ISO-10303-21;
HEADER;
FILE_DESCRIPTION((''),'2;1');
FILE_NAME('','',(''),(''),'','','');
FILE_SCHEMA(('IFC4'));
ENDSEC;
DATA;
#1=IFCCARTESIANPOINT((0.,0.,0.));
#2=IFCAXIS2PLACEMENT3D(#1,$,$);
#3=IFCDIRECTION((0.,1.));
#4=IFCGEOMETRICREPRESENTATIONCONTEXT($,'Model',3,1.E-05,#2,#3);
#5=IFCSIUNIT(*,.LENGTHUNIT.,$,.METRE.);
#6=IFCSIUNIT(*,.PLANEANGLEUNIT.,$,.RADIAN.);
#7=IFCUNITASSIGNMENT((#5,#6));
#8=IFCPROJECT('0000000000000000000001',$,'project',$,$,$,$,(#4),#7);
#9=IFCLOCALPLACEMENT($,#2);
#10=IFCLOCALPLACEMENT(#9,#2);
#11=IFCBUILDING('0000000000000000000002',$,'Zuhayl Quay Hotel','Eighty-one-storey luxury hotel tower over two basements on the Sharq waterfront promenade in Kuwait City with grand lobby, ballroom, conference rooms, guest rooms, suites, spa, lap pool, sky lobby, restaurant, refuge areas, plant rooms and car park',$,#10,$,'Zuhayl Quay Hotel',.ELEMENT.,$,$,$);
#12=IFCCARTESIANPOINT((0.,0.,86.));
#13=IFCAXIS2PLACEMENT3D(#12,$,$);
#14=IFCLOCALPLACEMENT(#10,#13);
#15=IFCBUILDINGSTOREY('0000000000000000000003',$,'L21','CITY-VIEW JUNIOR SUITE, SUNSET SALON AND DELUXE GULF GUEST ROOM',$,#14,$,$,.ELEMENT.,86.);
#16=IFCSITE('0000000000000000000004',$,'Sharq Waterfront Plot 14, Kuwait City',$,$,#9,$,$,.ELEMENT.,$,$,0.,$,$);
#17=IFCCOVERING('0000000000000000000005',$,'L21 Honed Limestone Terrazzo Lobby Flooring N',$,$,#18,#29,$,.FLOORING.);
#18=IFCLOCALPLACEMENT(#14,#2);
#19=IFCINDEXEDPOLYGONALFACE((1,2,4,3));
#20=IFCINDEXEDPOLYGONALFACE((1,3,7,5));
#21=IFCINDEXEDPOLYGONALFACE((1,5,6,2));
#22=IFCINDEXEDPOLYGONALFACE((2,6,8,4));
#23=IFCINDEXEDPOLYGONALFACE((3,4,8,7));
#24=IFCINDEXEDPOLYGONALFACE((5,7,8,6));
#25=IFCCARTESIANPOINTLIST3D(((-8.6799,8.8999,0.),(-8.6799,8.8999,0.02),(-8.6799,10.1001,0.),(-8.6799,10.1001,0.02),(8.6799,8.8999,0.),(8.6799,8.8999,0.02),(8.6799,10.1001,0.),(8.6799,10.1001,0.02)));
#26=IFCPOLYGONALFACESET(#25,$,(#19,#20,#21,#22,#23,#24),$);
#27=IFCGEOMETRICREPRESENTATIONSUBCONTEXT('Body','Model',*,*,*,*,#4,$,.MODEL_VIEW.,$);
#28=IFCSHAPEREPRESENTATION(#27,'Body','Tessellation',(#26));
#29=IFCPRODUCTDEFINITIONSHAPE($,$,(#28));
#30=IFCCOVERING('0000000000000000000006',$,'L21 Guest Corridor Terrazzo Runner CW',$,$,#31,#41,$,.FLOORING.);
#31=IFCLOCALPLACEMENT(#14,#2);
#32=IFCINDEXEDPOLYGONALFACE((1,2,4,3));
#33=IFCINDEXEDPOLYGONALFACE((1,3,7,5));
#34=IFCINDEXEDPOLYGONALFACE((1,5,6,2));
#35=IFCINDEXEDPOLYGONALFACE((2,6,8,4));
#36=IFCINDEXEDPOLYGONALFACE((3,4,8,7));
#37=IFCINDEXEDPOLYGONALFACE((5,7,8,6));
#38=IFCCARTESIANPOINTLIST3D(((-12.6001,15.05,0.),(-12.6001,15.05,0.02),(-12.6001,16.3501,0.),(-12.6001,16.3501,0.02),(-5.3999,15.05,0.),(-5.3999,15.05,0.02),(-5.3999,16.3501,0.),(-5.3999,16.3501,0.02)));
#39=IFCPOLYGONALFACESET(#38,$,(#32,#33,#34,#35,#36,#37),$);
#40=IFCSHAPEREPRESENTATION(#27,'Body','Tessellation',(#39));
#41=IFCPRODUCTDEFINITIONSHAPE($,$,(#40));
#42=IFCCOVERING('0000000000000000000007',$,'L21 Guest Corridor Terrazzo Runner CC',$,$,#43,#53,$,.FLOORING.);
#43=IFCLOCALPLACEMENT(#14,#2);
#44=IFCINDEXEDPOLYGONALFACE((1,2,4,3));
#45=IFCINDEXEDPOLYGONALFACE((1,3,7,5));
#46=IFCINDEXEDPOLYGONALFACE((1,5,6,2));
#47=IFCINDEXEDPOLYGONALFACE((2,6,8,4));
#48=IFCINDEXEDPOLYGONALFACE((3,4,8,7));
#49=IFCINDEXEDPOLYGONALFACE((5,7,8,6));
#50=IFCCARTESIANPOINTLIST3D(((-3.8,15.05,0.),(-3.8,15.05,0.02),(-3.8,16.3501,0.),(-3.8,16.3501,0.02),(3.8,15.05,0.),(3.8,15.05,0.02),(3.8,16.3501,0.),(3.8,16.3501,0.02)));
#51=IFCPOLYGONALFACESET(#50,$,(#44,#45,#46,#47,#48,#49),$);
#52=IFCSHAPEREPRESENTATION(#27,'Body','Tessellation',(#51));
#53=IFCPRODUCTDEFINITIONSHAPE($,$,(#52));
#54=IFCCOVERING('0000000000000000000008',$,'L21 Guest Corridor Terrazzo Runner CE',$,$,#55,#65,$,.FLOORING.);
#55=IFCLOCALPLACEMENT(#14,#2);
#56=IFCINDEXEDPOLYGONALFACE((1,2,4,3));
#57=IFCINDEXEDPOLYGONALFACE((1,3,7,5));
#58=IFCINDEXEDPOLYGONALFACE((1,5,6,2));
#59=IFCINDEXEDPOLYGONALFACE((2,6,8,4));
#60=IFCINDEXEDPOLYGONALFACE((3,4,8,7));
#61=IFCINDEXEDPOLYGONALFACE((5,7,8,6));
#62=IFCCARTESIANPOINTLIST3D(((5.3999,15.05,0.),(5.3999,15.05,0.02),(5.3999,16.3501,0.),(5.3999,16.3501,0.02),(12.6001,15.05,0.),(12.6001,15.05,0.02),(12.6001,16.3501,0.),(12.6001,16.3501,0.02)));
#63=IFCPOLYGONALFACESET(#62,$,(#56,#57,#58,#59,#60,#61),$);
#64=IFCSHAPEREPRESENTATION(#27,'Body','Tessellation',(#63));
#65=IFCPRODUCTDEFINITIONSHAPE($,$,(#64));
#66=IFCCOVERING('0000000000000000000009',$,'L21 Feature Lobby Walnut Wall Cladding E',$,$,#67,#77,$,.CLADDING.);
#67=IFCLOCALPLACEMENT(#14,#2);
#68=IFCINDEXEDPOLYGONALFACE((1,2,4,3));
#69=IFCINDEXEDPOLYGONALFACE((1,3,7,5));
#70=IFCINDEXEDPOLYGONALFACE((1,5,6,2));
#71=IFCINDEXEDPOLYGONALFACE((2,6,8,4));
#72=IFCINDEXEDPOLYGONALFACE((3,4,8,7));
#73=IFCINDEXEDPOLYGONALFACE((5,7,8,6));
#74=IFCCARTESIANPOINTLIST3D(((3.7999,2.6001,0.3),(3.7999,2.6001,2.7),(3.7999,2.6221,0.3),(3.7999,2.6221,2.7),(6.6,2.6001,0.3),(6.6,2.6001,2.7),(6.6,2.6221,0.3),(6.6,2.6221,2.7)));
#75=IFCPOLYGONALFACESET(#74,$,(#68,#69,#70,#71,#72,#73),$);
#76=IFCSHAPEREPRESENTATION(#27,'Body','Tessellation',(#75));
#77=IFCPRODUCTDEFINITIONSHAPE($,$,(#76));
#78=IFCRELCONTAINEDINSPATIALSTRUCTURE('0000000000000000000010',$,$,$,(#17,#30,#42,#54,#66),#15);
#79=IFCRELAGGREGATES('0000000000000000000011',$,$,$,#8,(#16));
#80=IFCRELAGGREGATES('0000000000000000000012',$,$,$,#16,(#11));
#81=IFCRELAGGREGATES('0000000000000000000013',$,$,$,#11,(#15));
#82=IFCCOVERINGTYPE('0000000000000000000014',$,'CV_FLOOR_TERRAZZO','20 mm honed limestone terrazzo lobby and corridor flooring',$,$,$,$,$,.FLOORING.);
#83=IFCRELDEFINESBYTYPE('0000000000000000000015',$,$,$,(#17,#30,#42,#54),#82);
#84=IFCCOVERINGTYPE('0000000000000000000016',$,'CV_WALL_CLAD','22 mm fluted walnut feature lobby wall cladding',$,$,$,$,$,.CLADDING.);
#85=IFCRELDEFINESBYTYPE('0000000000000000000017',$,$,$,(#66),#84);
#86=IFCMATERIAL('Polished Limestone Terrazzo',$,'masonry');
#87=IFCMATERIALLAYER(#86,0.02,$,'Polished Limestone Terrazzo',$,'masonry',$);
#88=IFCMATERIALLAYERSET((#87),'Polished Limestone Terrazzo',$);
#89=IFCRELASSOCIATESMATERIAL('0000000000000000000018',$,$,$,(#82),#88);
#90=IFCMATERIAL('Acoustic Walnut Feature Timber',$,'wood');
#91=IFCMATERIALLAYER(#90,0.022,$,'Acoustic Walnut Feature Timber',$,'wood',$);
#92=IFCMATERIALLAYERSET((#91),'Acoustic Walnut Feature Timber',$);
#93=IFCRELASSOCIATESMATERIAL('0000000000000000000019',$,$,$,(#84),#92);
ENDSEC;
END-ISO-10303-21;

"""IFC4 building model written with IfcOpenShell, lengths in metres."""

from ifc_helpers import new_model, si_unit, direction, frame, origin, origin_2d, place, context, subcontext, project, spatial, polyline, rectangle, outline, extrude, material, layer, layer_set, type_object, element, save


model = new_model("IFC4")

# Units and contexts
model_context = context("Model", 3, precision=1e-05, world=origin(), true_north=direction((0.0, 1.0)))
body_context = subcontext(model_context, "Body", "Model", "MODEL_VIEW")
ifc_project = project(units=[si_unit("LENGTHUNIT", "METRE"), si_unit("PLANEANGLEUNIT", "RADIAN")], contexts=[model_context])

# Site, building, storey
site_placement = place(None, origin())
site = spatial("IfcSite", under=ifc_project, at=site_placement, Name="Sharq Waterfront Plot 14, Kuwait City", CompositionType="ELEMENT", RefElevation=0.0)
building_placement = place(site_placement, origin())
building = spatial("IfcBuilding", under=site, at=building_placement, Name="Zuhayl Quay Hotel", Description="Eighty-one-storey luxury hotel tower over two basements on the Sharq waterfront promenade in Kuwait City with grand lobby, ballroom, conference rooms, guest rooms, suites, spa, lap pool, sky lobby, restaurant, refuge areas, plant rooms and car park", LongName="Zuhayl Quay Hotel", CompositionType="ELEMENT")
storey_placement = place(building_placement, frame((0.0, 0.0, 86.0)))
storey = spatial("IfcBuildingStorey", under=building, at=storey_placement, Name="L21", Description="CITY-VIEW JUNIOR SUITE, SUNSET SALON AND DELUXE GULF GUEST ROOM", CompositionType="ELEMENT", Elevation=86.0)

# Coverings
ifc_material_1 = material(Name="Polished Limestone Terrazzo", Category="masonry")
ifc_layer_1 = layer(ifc_material_1, 0.02, Name="Polished Limestone Terrazzo", Category="masonry")
ifc_layer_set_1 = layer_set([ifc_layer_1], Name="Polished Limestone Terrazzo")
covering_type_1 = type_object("IfcCoveringType", Name="CV_FLOOR_TERRAZZO", Description="20 mm honed limestone terrazzo lobby and corridor flooring", PredefinedType="FLOORING", material=ifc_layer_set_1)
covering_1_placement = place(storey_placement, origin())
element("IfcCovering", 1, at=covering_1_placement, inside=storey, type_object=covering_type_1, Name="L21 Honed Limestone Terrazzo Lobby Flooring N", PredefinedType="FLOORING", context=body_context, shape_type="SweptSolid", body=[
    extrude(outline(polyline([(-8.6799, 8.8999), (8.6799, 8.8999), (8.6799, 10.1001), (-8.6799, 10.1001), (-8.6799, 8.8999)])), origin(), (0.0, 0.0, 1.0), 0.02),
])
covering_2_placement = place(storey_placement, origin())
element("IfcCovering", 2, at=covering_2_placement, inside=storey, type_object=covering_type_1, Name="L21 Guest Corridor Terrazzo Runner CW", PredefinedType="FLOORING", context=body_context, shape_type="SweptSolid", body=[
    extrude(outline(polyline([(-12.6001, 15.05), (-5.3999, 15.05), (-5.3999, 16.3501), (-12.6001, 16.3501), (-12.6001, 15.05)])), origin(), (0.0, 0.0, 1.0), 0.02),
])
covering_3_placement = place(storey_placement, origin())
element("IfcCovering", 3, at=covering_3_placement, inside=storey, type_object=covering_type_1, Name="L21 Guest Corridor Terrazzo Runner CC", PredefinedType="FLOORING", context=body_context, shape_type="SweptSolid", body=[
    extrude(outline(polyline([(-3.8, 15.05), (3.8, 15.05), (3.8, 16.3501), (-3.8, 16.3501), (-3.8, 15.05)])), origin(), (0.0, 0.0, 1.0), 0.02),
])
covering_4_placement = place(storey_placement, origin())
element("IfcCovering", 4, at=covering_4_placement, inside=storey, type_object=covering_type_1, Name="L21 Guest Corridor Terrazzo Runner CE", PredefinedType="FLOORING", context=body_context, shape_type="SweptSolid", body=[
    extrude(outline(polyline([(5.3999, 15.05), (12.6001, 15.05), (12.6001, 16.3501), (5.3999, 16.3501), (5.3999, 15.05)])), origin(), (0.0, 0.0, 1.0), 0.02),
])
ifc_material_2 = material(Name="Acoustic Walnut Feature Timber", Category="wood")
ifc_layer_2 = layer(ifc_material_2, 0.022, Name="Acoustic Walnut Feature Timber", Category="wood")
ifc_layer_set_2 = layer_set([ifc_layer_2], Name="Acoustic Walnut Feature Timber")
covering_type_2 = type_object("IfcCoveringType", Name="CV_WALL_CLAD", Description="22 mm fluted walnut feature lobby wall cladding", PredefinedType="CLADDING", material=ifc_layer_set_2)
covering_5_placement = place(storey_placement, frame((5.2, 2.6111, 0.3), z_axis=(0.0, 0.0, 1.0), x_axis=(1.0, 0.0, 0.0)))
element("IfcCovering", 5, at=covering_5_placement, inside=storey, type_object=covering_type_2, Name="L21 Feature Lobby Walnut Wall Cladding E", PredefinedType="CLADDING", context=body_context, shape_type="SweptSolid", body=[
    extrude(rectangle(XDim=2.8, YDim=0.022, at=origin_2d()), origin(), (0.0, 0.0, 1.0), 2.3999),
])

save(model, "model.ifc")
